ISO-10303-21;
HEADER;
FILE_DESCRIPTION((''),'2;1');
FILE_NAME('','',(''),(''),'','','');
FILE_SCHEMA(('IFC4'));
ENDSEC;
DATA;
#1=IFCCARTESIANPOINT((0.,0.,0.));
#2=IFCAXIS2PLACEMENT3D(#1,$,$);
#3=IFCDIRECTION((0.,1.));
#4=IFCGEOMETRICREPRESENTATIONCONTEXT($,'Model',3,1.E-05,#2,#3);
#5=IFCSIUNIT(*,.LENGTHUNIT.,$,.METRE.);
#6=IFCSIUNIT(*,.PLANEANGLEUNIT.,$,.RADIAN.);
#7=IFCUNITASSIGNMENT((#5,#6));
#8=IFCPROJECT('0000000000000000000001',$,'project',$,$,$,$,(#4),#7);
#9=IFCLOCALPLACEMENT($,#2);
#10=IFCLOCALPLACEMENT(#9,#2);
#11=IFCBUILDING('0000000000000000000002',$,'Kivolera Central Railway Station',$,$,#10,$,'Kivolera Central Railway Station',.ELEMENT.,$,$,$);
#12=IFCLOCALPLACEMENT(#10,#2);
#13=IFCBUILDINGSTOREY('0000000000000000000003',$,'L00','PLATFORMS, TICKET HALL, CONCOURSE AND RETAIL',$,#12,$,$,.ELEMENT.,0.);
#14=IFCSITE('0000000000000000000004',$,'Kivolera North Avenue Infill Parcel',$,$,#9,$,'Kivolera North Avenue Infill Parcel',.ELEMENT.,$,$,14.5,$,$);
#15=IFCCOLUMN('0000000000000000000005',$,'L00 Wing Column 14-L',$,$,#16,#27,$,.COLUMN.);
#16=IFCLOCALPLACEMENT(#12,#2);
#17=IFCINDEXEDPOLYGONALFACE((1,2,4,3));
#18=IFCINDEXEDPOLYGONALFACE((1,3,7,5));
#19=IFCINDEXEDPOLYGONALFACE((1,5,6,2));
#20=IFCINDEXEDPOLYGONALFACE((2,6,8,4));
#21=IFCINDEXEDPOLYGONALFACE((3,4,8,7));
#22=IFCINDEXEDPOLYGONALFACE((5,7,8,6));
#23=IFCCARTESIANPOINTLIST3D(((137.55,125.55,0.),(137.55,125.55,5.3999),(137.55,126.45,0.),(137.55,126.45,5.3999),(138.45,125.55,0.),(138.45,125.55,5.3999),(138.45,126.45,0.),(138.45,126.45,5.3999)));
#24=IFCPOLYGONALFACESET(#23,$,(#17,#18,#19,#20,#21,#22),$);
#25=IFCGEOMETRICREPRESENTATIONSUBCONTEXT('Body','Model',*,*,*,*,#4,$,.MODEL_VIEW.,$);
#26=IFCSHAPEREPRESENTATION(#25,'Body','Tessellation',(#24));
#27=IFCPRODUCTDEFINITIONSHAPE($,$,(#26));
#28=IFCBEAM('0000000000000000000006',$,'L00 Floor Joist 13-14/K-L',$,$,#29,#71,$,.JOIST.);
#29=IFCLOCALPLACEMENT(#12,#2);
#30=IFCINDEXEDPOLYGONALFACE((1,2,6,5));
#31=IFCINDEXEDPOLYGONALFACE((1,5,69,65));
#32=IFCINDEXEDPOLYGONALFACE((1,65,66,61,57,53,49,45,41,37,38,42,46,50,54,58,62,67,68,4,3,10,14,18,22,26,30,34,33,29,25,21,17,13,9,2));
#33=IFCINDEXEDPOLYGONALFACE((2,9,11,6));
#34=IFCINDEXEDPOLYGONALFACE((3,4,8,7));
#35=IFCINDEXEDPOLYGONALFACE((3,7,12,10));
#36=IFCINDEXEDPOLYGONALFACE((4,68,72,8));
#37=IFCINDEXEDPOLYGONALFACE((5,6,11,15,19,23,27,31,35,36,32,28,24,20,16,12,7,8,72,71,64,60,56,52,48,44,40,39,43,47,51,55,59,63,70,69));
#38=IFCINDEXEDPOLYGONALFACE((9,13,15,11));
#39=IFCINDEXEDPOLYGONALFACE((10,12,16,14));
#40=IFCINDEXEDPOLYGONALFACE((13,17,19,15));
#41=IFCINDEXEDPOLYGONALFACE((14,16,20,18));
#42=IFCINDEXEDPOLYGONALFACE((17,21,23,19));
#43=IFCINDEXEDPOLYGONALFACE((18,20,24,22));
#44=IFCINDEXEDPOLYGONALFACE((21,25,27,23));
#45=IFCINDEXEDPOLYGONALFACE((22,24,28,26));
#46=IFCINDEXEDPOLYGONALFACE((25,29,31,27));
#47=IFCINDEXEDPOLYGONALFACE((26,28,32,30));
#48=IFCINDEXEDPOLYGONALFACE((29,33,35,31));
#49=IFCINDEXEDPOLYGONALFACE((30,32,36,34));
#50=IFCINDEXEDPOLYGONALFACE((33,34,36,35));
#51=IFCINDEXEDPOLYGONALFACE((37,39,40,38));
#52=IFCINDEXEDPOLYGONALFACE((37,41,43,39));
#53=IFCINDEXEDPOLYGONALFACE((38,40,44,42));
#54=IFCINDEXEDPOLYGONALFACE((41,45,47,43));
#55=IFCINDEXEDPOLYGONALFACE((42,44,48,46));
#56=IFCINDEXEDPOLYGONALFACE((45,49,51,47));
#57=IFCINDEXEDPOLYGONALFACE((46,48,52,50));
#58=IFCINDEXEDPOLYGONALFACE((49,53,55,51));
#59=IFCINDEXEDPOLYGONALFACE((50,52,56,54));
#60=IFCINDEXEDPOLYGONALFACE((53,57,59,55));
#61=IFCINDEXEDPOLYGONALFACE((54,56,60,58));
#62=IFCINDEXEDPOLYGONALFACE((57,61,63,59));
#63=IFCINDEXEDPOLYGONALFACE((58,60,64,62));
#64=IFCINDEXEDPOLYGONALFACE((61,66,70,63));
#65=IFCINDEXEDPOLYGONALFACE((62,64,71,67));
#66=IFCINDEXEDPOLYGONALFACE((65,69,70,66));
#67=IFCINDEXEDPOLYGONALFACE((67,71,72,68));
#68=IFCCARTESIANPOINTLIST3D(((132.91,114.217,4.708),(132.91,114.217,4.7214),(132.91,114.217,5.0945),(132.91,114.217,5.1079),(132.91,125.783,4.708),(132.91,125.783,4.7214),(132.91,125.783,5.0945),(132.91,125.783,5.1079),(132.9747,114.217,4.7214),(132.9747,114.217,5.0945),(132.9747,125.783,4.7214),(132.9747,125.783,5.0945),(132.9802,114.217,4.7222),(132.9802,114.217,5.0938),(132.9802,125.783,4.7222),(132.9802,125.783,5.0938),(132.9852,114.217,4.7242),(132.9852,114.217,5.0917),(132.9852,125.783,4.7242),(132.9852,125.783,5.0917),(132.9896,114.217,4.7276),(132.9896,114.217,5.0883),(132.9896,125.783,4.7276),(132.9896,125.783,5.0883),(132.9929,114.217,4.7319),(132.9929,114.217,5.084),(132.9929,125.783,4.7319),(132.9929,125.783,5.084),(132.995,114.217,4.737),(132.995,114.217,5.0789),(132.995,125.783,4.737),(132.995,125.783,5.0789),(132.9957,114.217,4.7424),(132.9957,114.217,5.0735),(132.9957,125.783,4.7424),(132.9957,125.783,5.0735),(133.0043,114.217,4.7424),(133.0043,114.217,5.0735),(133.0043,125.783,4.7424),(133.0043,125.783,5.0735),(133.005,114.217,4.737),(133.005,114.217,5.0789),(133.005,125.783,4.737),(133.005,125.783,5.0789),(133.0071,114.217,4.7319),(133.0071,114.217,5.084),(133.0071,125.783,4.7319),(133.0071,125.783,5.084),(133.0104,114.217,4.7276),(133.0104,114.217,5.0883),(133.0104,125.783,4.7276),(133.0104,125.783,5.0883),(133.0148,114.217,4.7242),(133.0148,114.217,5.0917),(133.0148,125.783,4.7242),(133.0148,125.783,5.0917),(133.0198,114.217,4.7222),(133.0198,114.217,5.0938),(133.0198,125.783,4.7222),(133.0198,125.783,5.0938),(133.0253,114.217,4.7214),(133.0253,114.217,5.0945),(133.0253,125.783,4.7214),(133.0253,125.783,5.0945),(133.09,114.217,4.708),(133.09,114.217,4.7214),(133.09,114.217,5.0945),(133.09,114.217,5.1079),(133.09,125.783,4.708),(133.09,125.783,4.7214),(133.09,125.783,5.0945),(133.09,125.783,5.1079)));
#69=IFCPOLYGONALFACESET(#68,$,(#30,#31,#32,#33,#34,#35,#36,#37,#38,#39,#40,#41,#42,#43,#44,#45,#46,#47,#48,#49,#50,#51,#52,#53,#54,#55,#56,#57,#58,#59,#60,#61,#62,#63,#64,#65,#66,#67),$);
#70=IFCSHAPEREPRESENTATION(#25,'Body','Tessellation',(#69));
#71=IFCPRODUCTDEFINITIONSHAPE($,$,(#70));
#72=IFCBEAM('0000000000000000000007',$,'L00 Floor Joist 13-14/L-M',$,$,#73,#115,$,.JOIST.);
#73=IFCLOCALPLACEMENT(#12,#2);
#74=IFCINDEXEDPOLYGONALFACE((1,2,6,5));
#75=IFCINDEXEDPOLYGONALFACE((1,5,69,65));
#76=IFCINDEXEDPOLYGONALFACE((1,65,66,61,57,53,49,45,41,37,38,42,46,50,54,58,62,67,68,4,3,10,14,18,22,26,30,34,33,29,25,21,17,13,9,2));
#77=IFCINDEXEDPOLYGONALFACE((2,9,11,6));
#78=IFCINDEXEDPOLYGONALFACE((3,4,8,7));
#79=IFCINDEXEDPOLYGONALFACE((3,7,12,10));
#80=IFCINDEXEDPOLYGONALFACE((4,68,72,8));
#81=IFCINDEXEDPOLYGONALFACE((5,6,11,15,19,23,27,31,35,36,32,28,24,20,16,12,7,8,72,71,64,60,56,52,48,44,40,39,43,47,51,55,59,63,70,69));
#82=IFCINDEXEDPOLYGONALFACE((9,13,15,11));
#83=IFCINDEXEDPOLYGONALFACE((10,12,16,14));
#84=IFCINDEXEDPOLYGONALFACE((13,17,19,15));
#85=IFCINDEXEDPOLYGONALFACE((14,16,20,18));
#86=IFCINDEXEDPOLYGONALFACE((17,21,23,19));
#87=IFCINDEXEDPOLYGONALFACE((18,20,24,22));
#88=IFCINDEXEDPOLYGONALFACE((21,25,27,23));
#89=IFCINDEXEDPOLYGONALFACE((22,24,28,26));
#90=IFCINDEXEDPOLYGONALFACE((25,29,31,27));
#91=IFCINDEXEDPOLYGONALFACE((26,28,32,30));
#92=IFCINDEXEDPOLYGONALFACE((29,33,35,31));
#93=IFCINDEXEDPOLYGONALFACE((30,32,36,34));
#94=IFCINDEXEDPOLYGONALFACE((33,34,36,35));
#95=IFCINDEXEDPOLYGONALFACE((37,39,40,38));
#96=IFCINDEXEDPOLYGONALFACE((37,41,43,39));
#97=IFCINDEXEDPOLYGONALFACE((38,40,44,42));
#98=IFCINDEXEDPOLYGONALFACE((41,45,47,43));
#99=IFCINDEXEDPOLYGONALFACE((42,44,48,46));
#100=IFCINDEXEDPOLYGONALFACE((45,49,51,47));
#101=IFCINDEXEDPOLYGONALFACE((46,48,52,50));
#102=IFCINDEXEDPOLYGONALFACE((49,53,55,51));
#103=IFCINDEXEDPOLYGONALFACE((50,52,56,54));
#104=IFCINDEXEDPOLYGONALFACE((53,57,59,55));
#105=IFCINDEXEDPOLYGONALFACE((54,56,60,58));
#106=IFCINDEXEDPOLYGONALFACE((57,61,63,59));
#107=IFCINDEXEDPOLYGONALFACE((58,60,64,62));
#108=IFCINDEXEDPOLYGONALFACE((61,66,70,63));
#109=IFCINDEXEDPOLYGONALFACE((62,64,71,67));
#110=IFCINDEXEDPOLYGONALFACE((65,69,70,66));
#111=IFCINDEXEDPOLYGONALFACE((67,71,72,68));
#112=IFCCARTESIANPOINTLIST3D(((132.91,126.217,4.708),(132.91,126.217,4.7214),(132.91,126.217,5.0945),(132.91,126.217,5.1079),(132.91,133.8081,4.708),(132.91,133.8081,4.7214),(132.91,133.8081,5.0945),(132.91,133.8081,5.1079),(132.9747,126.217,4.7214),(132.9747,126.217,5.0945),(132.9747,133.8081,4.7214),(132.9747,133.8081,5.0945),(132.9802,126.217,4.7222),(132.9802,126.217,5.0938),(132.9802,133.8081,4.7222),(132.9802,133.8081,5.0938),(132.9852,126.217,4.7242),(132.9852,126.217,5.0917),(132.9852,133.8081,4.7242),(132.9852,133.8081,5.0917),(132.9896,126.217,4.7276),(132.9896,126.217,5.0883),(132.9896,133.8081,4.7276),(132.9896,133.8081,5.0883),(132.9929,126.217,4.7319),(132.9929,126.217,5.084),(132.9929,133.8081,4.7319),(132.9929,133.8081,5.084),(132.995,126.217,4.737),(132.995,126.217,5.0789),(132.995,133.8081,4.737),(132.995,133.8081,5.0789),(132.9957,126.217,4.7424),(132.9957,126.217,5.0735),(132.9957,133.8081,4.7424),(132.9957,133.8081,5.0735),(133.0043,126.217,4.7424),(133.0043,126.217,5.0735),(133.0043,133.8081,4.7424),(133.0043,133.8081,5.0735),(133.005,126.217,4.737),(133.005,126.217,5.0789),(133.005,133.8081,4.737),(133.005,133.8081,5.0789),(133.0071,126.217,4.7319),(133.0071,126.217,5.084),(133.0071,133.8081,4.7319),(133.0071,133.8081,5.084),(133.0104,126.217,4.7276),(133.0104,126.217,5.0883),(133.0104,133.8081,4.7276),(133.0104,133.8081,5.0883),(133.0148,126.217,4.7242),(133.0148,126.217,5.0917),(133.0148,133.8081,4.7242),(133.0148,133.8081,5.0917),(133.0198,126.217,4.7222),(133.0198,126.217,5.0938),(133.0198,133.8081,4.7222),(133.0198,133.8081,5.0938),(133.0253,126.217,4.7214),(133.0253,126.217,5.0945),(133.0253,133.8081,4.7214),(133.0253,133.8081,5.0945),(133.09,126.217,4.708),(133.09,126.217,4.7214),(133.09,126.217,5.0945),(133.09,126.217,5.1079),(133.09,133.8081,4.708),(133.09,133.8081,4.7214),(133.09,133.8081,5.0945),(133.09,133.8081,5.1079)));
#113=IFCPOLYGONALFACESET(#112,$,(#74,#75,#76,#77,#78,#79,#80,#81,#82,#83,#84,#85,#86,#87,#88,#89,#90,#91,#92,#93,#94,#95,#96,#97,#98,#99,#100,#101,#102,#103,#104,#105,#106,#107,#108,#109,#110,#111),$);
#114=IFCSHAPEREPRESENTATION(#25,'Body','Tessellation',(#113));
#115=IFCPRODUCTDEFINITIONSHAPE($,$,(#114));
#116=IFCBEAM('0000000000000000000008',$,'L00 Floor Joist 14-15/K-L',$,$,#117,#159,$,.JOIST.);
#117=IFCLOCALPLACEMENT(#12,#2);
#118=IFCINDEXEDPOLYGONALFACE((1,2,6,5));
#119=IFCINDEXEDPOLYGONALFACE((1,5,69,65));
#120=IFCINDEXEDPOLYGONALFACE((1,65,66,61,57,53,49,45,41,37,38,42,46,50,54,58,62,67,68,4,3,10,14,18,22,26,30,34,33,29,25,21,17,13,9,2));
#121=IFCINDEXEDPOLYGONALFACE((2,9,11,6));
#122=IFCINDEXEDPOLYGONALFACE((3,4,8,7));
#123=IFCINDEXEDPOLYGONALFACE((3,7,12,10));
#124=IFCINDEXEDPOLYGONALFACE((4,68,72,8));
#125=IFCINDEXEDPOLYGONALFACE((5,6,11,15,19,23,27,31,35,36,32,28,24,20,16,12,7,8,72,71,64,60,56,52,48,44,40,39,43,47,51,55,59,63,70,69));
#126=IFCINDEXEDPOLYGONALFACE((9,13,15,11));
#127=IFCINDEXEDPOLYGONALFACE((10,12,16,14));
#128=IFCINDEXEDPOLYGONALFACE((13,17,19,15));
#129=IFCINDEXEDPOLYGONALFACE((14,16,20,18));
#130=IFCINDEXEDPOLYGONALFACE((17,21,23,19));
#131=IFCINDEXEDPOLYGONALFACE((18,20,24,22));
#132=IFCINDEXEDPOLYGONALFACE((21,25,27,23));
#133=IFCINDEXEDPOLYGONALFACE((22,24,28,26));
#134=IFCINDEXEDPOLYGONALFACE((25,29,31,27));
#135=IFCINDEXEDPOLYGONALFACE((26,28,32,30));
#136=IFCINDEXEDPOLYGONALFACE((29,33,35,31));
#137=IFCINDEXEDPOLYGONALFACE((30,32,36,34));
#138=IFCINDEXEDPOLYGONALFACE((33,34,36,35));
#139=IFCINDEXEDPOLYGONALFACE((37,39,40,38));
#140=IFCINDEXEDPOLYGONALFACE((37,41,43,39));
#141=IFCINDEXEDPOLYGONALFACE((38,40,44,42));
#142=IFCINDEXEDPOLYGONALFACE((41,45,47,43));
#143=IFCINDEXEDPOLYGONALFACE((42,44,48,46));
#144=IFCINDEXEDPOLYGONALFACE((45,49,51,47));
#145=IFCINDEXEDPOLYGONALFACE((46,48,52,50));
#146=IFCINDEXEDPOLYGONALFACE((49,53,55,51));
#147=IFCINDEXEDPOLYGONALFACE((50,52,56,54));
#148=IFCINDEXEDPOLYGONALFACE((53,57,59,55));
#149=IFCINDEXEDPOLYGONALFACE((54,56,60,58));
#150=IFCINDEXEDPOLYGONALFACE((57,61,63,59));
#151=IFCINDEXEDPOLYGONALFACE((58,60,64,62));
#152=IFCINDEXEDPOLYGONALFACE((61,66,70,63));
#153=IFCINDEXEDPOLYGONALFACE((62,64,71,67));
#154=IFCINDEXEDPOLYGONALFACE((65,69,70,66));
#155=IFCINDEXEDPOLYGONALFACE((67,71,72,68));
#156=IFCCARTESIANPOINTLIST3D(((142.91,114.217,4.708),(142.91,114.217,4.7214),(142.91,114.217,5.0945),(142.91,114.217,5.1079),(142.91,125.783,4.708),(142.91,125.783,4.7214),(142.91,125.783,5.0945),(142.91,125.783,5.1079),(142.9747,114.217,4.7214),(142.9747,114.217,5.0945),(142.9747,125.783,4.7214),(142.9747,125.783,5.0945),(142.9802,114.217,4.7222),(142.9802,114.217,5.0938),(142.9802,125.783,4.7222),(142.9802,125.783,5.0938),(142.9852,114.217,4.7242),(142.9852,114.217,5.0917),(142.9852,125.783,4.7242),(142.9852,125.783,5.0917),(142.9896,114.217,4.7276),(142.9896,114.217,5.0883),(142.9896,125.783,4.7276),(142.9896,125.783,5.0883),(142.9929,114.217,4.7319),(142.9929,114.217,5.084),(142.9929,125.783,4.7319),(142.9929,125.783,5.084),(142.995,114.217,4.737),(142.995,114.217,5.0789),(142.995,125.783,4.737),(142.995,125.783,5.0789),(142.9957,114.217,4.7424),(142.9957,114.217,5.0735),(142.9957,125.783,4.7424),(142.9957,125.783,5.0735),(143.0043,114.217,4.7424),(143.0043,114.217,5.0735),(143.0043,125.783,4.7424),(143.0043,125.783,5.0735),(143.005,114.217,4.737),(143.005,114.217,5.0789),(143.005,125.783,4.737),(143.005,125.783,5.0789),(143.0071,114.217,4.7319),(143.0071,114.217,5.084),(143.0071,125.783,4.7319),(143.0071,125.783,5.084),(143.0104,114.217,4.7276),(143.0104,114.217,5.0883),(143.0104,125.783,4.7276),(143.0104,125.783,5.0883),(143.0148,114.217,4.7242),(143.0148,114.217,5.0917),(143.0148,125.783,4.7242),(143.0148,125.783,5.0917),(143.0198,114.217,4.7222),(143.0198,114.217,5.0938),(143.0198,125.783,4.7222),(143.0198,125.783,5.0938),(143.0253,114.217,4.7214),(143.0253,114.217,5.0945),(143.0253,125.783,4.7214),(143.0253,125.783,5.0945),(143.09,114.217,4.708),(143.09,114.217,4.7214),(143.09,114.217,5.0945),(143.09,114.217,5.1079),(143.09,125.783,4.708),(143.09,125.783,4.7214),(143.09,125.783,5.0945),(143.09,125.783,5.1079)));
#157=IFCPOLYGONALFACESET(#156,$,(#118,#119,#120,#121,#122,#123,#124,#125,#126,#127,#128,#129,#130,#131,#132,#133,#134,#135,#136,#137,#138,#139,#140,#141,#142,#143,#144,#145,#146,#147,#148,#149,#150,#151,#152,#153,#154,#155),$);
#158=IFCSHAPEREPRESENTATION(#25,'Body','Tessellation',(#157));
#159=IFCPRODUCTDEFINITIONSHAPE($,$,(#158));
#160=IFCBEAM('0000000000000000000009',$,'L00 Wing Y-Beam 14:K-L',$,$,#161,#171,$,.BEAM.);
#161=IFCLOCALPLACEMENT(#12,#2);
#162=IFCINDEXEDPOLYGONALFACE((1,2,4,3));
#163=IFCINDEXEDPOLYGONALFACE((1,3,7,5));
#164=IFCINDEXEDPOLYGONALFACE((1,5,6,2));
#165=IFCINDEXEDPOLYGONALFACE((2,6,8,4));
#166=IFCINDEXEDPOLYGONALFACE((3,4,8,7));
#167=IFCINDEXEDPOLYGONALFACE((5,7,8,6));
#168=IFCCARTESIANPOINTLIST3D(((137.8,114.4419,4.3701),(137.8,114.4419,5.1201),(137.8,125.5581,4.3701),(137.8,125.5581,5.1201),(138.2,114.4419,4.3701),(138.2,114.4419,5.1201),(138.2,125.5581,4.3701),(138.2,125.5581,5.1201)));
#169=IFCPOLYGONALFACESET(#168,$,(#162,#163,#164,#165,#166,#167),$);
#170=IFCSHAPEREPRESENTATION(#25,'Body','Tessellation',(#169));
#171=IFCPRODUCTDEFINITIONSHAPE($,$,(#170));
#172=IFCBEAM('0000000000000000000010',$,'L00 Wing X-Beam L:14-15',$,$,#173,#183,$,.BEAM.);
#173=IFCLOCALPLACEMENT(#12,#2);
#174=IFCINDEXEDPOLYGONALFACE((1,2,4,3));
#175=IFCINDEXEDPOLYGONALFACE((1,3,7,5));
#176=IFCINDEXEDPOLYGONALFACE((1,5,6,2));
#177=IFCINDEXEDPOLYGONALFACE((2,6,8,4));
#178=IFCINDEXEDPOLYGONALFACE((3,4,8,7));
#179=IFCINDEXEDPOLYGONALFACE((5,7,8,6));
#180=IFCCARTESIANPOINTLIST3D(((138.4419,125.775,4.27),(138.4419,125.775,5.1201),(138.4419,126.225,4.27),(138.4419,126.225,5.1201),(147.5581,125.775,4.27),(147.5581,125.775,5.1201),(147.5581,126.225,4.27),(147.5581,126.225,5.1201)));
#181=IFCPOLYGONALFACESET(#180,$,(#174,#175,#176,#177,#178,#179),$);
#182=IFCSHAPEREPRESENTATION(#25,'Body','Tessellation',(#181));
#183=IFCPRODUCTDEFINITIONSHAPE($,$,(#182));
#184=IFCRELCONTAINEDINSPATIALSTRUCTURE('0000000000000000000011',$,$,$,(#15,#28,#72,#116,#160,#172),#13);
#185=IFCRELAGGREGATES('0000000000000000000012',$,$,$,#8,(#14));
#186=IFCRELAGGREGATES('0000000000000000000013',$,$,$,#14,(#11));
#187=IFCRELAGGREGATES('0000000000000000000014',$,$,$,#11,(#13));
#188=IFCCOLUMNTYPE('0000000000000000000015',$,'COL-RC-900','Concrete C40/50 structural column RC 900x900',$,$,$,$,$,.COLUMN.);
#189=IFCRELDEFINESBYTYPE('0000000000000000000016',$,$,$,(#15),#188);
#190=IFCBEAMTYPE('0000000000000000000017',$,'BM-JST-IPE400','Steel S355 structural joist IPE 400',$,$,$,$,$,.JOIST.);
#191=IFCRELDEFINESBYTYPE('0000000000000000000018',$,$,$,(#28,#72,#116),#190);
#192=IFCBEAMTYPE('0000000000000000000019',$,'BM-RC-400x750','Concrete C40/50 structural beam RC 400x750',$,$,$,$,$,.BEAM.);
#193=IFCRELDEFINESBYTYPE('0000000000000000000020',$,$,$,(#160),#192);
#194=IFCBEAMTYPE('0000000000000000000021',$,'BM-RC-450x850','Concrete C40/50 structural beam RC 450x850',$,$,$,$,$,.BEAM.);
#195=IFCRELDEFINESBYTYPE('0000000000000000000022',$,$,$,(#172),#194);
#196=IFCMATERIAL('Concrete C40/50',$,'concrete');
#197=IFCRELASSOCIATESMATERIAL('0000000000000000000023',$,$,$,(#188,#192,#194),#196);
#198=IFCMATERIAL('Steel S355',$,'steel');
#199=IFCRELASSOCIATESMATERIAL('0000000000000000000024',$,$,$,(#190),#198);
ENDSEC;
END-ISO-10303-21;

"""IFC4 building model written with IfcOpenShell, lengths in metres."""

from ifc_helpers import new_model, si_unit, direction, frame, origin, origin_2d, place, context, subcontext, project, spatial, rectangle, i_section, extrude, material, material_profile, profile_set, type_object, element, save


model = new_model("IFC4")

# Units and contexts
model_context = context("Model", 3, precision=1e-05, world=origin(), true_north=direction((0.0, 1.0)))
body_context = subcontext(model_context, "Body", "Model", "MODEL_VIEW")
ifc_project = project(units=[si_unit("LENGTHUNIT", "METRE"), si_unit("PLANEANGLEUNIT", "RADIAN")], contexts=[model_context])

# Site, building, storey
site_placement = place(None, origin())
site = spatial("IfcSite", under=ifc_project, at=site_placement, Name="Kivolera North Avenue Infill Parcel", LongName="Kivolera North Avenue Infill Parcel", CompositionType="ELEMENT", RefElevation=14.5)
building_placement = place(site_placement, origin())
building = spatial("IfcBuilding", under=site, at=building_placement, Name="Kivolera Central Railway Station", LongName="Kivolera Central Railway Station", CompositionType="ELEMENT")
storey_placement = place(building_placement, origin())
storey = spatial("IfcBuildingStorey", under=building, at=storey_placement, Name="L00", Description="PLATFORMS, TICKET HALL, CONCOURSE AND RETAIL", CompositionType="ELEMENT", Elevation=0.0)

# Column
ifc_material_1 = material(Name="Concrete C40/50", Category="concrete")
ifc_material_profile_1 = material_profile(ifc_material_1, rectangle(XDim=0.8999, YDim=0.8999, at=origin_2d()), Name="RC 900x900")
ifc_profile_set_1 = profile_set([ifc_material_profile_1], Name="Concrete C40/50")
column_type = type_object("IfcColumnType", Name="COL-RC-900", Description="Concrete C40/50 structural column RC 900x900", PredefinedType="COLUMN", material=ifc_profile_set_1)
column_placement = place(storey_placement, frame((138.0, 126.0, 0.0), z_axis=(0.0, 0.0, 1.0), x_axis=(1.0, 0.0, 0.0)))
element("IfcColumn", 1, at=column_placement, inside=storey, type_object=column_type, Name="L00 Wing Column 14-L", PredefinedType="COLUMN", context=body_context, shape_type="SweptSolid", body=[
    extrude(rectangle(XDim=0.8999, YDim=0.8999, at=origin_2d()), origin(), (0.0, 0.0, 1.0), 5.3999),
])

# Beams
ifc_material_2 = material(Name="Steel S355", Category="steel")
ifc_material_profile_2 = material_profile(ifc_material_2, i_section(OverallWidth=0.1799, OverallDepth=0.3999, WebThickness=0.0085, FlangeThickness=0.0134, FilletRadius=0.021, at=origin_2d()), Name="IPE 400")
ifc_profile_set_2 = profile_set([ifc_material_profile_2], Name="Steel S355")
beam_type_1 = type_object("IfcBeamType", Name="BM-JST-IPE400", Description="Steel S355 structural joist IPE 400", PredefinedType="JOIST", material=ifc_profile_set_2)
beam_1_placement = place(storey_placement, frame((133.0, 114.217, 4.908), z_axis=(0.0, 1.0, 0.0), x_axis=(-1.0, 0.0, 0.0)))
element("IfcBeam", 2, at=beam_1_placement, inside=storey, type_object=beam_type_1, Name="L00 Floor Joist 13-14/K-L", PredefinedType="JOIST", context=body_context, shape_type="SweptSolid", body=[
    extrude(i_section(OverallWidth=0.1799, OverallDepth=0.3999, WebThickness=0.0085, FlangeThickness=0.0134, FilletRadius=0.021, at=origin_2d()), origin(), (0.0, 0.0, 1.0), 11.5659),
])
beam_2_placement = place(storey_placement, frame((133.0, 126.217, 4.908), z_axis=(0.0, 1.0, 0.0), x_axis=(-1.0, 0.0, 0.0)))
element("IfcBeam", 3, at=beam_2_placement, inside=storey, type_object=beam_type_1, Name="L00 Floor Joist 13-14/L-M", PredefinedType="JOIST", context=body_context, shape_type="SweptSolid", body=[
    extrude(i_section(OverallWidth=0.1799, OverallDepth=0.3999, WebThickness=0.0085, FlangeThickness=0.0134, FilletRadius=0.021, at=origin_2d()), origin(), (0.0, 0.0, 1.0), 7.5911),
])
beam_3_placement = place(storey_placement, frame((143.0, 114.217, 4.908), z_axis=(0.0, 1.0, 0.0), x_axis=(-1.0, 0.0, 0.0)))
element("IfcBeam", 4, at=beam_3_placement, inside=storey, type_object=beam_type_1, Name="L00 Floor Joist 14-15/K-L", PredefinedType="JOIST", context=body_context, shape_type="SweptSolid", body=[
    extrude(i_section(OverallWidth=0.1799, OverallDepth=0.3999, WebThickness=0.0085, FlangeThickness=0.0134, FilletRadius=0.021, at=origin_2d()), origin(), (0.0, 0.0, 1.0), 11.5659),
])
ifc_material_profile_3 = material_profile(ifc_material_1, rectangle(XDim=0.3999, YDim=0.75, at=origin_2d()), Name="RC 400x750")
ifc_profile_set_3 = profile_set([ifc_material_profile_3], Name="Concrete C40/50")
beam_type_2 = type_object("IfcBeamType", Name="BM-RC-400x750", Description="Concrete C40/50 structural beam RC 400x750", PredefinedType="BEAM", material=ifc_profile_set_3)
beam_4_placement = place(storey_placement, frame((138.0, 114.4419, 4.7451), z_axis=(0.0, 1.0, 0.0), x_axis=(-1.0, 0.0, 0.0)))
element("IfcBeam", 5, at=beam_4_placement, inside=storey, type_object=beam_type_2, Name="L00 Wing Y-Beam 14:K-L", PredefinedType="BEAM", context=body_context, shape_type="SweptSolid", body=[
    extrude(rectangle(XDim=0.3999, YDim=0.75, at=origin_2d()), origin(), (0.0, 0.0, 1.0), 11.1162),
])
ifc_material_profile_4 = material_profile(ifc_material_1, rectangle(XDim=0.45, YDim=0.8501, at=origin_2d()), Name="RC 450x850")
ifc_profile_set_4 = profile_set([ifc_material_profile_4], Name="Concrete C40/50")
beam_type_3 = type_object("IfcBeamType", Name="BM-RC-450x850", Description="Concrete C40/50 structural beam RC 450x850", PredefinedType="BEAM", material=ifc_profile_set_4)
beam_5_placement = place(storey_placement, frame((138.4419, 126.0, 4.6951), z_axis=(1.0, 0.0, 0.0), x_axis=(0.0, 1.0, 0.0)))
element("IfcBeam", 6, at=beam_5_placement, inside=storey, type_object=beam_type_3, Name="L00 Wing X-Beam L:14-15", PredefinedType="BEAM", context=body_context, shape_type="SweptSolid", body=[
    extrude(rectangle(XDim=0.45, YDim=0.8501, at=origin_2d()), origin(), (0.0, 0.0, 1.0), 9.1162),
])

save(model, "model.ifc")
